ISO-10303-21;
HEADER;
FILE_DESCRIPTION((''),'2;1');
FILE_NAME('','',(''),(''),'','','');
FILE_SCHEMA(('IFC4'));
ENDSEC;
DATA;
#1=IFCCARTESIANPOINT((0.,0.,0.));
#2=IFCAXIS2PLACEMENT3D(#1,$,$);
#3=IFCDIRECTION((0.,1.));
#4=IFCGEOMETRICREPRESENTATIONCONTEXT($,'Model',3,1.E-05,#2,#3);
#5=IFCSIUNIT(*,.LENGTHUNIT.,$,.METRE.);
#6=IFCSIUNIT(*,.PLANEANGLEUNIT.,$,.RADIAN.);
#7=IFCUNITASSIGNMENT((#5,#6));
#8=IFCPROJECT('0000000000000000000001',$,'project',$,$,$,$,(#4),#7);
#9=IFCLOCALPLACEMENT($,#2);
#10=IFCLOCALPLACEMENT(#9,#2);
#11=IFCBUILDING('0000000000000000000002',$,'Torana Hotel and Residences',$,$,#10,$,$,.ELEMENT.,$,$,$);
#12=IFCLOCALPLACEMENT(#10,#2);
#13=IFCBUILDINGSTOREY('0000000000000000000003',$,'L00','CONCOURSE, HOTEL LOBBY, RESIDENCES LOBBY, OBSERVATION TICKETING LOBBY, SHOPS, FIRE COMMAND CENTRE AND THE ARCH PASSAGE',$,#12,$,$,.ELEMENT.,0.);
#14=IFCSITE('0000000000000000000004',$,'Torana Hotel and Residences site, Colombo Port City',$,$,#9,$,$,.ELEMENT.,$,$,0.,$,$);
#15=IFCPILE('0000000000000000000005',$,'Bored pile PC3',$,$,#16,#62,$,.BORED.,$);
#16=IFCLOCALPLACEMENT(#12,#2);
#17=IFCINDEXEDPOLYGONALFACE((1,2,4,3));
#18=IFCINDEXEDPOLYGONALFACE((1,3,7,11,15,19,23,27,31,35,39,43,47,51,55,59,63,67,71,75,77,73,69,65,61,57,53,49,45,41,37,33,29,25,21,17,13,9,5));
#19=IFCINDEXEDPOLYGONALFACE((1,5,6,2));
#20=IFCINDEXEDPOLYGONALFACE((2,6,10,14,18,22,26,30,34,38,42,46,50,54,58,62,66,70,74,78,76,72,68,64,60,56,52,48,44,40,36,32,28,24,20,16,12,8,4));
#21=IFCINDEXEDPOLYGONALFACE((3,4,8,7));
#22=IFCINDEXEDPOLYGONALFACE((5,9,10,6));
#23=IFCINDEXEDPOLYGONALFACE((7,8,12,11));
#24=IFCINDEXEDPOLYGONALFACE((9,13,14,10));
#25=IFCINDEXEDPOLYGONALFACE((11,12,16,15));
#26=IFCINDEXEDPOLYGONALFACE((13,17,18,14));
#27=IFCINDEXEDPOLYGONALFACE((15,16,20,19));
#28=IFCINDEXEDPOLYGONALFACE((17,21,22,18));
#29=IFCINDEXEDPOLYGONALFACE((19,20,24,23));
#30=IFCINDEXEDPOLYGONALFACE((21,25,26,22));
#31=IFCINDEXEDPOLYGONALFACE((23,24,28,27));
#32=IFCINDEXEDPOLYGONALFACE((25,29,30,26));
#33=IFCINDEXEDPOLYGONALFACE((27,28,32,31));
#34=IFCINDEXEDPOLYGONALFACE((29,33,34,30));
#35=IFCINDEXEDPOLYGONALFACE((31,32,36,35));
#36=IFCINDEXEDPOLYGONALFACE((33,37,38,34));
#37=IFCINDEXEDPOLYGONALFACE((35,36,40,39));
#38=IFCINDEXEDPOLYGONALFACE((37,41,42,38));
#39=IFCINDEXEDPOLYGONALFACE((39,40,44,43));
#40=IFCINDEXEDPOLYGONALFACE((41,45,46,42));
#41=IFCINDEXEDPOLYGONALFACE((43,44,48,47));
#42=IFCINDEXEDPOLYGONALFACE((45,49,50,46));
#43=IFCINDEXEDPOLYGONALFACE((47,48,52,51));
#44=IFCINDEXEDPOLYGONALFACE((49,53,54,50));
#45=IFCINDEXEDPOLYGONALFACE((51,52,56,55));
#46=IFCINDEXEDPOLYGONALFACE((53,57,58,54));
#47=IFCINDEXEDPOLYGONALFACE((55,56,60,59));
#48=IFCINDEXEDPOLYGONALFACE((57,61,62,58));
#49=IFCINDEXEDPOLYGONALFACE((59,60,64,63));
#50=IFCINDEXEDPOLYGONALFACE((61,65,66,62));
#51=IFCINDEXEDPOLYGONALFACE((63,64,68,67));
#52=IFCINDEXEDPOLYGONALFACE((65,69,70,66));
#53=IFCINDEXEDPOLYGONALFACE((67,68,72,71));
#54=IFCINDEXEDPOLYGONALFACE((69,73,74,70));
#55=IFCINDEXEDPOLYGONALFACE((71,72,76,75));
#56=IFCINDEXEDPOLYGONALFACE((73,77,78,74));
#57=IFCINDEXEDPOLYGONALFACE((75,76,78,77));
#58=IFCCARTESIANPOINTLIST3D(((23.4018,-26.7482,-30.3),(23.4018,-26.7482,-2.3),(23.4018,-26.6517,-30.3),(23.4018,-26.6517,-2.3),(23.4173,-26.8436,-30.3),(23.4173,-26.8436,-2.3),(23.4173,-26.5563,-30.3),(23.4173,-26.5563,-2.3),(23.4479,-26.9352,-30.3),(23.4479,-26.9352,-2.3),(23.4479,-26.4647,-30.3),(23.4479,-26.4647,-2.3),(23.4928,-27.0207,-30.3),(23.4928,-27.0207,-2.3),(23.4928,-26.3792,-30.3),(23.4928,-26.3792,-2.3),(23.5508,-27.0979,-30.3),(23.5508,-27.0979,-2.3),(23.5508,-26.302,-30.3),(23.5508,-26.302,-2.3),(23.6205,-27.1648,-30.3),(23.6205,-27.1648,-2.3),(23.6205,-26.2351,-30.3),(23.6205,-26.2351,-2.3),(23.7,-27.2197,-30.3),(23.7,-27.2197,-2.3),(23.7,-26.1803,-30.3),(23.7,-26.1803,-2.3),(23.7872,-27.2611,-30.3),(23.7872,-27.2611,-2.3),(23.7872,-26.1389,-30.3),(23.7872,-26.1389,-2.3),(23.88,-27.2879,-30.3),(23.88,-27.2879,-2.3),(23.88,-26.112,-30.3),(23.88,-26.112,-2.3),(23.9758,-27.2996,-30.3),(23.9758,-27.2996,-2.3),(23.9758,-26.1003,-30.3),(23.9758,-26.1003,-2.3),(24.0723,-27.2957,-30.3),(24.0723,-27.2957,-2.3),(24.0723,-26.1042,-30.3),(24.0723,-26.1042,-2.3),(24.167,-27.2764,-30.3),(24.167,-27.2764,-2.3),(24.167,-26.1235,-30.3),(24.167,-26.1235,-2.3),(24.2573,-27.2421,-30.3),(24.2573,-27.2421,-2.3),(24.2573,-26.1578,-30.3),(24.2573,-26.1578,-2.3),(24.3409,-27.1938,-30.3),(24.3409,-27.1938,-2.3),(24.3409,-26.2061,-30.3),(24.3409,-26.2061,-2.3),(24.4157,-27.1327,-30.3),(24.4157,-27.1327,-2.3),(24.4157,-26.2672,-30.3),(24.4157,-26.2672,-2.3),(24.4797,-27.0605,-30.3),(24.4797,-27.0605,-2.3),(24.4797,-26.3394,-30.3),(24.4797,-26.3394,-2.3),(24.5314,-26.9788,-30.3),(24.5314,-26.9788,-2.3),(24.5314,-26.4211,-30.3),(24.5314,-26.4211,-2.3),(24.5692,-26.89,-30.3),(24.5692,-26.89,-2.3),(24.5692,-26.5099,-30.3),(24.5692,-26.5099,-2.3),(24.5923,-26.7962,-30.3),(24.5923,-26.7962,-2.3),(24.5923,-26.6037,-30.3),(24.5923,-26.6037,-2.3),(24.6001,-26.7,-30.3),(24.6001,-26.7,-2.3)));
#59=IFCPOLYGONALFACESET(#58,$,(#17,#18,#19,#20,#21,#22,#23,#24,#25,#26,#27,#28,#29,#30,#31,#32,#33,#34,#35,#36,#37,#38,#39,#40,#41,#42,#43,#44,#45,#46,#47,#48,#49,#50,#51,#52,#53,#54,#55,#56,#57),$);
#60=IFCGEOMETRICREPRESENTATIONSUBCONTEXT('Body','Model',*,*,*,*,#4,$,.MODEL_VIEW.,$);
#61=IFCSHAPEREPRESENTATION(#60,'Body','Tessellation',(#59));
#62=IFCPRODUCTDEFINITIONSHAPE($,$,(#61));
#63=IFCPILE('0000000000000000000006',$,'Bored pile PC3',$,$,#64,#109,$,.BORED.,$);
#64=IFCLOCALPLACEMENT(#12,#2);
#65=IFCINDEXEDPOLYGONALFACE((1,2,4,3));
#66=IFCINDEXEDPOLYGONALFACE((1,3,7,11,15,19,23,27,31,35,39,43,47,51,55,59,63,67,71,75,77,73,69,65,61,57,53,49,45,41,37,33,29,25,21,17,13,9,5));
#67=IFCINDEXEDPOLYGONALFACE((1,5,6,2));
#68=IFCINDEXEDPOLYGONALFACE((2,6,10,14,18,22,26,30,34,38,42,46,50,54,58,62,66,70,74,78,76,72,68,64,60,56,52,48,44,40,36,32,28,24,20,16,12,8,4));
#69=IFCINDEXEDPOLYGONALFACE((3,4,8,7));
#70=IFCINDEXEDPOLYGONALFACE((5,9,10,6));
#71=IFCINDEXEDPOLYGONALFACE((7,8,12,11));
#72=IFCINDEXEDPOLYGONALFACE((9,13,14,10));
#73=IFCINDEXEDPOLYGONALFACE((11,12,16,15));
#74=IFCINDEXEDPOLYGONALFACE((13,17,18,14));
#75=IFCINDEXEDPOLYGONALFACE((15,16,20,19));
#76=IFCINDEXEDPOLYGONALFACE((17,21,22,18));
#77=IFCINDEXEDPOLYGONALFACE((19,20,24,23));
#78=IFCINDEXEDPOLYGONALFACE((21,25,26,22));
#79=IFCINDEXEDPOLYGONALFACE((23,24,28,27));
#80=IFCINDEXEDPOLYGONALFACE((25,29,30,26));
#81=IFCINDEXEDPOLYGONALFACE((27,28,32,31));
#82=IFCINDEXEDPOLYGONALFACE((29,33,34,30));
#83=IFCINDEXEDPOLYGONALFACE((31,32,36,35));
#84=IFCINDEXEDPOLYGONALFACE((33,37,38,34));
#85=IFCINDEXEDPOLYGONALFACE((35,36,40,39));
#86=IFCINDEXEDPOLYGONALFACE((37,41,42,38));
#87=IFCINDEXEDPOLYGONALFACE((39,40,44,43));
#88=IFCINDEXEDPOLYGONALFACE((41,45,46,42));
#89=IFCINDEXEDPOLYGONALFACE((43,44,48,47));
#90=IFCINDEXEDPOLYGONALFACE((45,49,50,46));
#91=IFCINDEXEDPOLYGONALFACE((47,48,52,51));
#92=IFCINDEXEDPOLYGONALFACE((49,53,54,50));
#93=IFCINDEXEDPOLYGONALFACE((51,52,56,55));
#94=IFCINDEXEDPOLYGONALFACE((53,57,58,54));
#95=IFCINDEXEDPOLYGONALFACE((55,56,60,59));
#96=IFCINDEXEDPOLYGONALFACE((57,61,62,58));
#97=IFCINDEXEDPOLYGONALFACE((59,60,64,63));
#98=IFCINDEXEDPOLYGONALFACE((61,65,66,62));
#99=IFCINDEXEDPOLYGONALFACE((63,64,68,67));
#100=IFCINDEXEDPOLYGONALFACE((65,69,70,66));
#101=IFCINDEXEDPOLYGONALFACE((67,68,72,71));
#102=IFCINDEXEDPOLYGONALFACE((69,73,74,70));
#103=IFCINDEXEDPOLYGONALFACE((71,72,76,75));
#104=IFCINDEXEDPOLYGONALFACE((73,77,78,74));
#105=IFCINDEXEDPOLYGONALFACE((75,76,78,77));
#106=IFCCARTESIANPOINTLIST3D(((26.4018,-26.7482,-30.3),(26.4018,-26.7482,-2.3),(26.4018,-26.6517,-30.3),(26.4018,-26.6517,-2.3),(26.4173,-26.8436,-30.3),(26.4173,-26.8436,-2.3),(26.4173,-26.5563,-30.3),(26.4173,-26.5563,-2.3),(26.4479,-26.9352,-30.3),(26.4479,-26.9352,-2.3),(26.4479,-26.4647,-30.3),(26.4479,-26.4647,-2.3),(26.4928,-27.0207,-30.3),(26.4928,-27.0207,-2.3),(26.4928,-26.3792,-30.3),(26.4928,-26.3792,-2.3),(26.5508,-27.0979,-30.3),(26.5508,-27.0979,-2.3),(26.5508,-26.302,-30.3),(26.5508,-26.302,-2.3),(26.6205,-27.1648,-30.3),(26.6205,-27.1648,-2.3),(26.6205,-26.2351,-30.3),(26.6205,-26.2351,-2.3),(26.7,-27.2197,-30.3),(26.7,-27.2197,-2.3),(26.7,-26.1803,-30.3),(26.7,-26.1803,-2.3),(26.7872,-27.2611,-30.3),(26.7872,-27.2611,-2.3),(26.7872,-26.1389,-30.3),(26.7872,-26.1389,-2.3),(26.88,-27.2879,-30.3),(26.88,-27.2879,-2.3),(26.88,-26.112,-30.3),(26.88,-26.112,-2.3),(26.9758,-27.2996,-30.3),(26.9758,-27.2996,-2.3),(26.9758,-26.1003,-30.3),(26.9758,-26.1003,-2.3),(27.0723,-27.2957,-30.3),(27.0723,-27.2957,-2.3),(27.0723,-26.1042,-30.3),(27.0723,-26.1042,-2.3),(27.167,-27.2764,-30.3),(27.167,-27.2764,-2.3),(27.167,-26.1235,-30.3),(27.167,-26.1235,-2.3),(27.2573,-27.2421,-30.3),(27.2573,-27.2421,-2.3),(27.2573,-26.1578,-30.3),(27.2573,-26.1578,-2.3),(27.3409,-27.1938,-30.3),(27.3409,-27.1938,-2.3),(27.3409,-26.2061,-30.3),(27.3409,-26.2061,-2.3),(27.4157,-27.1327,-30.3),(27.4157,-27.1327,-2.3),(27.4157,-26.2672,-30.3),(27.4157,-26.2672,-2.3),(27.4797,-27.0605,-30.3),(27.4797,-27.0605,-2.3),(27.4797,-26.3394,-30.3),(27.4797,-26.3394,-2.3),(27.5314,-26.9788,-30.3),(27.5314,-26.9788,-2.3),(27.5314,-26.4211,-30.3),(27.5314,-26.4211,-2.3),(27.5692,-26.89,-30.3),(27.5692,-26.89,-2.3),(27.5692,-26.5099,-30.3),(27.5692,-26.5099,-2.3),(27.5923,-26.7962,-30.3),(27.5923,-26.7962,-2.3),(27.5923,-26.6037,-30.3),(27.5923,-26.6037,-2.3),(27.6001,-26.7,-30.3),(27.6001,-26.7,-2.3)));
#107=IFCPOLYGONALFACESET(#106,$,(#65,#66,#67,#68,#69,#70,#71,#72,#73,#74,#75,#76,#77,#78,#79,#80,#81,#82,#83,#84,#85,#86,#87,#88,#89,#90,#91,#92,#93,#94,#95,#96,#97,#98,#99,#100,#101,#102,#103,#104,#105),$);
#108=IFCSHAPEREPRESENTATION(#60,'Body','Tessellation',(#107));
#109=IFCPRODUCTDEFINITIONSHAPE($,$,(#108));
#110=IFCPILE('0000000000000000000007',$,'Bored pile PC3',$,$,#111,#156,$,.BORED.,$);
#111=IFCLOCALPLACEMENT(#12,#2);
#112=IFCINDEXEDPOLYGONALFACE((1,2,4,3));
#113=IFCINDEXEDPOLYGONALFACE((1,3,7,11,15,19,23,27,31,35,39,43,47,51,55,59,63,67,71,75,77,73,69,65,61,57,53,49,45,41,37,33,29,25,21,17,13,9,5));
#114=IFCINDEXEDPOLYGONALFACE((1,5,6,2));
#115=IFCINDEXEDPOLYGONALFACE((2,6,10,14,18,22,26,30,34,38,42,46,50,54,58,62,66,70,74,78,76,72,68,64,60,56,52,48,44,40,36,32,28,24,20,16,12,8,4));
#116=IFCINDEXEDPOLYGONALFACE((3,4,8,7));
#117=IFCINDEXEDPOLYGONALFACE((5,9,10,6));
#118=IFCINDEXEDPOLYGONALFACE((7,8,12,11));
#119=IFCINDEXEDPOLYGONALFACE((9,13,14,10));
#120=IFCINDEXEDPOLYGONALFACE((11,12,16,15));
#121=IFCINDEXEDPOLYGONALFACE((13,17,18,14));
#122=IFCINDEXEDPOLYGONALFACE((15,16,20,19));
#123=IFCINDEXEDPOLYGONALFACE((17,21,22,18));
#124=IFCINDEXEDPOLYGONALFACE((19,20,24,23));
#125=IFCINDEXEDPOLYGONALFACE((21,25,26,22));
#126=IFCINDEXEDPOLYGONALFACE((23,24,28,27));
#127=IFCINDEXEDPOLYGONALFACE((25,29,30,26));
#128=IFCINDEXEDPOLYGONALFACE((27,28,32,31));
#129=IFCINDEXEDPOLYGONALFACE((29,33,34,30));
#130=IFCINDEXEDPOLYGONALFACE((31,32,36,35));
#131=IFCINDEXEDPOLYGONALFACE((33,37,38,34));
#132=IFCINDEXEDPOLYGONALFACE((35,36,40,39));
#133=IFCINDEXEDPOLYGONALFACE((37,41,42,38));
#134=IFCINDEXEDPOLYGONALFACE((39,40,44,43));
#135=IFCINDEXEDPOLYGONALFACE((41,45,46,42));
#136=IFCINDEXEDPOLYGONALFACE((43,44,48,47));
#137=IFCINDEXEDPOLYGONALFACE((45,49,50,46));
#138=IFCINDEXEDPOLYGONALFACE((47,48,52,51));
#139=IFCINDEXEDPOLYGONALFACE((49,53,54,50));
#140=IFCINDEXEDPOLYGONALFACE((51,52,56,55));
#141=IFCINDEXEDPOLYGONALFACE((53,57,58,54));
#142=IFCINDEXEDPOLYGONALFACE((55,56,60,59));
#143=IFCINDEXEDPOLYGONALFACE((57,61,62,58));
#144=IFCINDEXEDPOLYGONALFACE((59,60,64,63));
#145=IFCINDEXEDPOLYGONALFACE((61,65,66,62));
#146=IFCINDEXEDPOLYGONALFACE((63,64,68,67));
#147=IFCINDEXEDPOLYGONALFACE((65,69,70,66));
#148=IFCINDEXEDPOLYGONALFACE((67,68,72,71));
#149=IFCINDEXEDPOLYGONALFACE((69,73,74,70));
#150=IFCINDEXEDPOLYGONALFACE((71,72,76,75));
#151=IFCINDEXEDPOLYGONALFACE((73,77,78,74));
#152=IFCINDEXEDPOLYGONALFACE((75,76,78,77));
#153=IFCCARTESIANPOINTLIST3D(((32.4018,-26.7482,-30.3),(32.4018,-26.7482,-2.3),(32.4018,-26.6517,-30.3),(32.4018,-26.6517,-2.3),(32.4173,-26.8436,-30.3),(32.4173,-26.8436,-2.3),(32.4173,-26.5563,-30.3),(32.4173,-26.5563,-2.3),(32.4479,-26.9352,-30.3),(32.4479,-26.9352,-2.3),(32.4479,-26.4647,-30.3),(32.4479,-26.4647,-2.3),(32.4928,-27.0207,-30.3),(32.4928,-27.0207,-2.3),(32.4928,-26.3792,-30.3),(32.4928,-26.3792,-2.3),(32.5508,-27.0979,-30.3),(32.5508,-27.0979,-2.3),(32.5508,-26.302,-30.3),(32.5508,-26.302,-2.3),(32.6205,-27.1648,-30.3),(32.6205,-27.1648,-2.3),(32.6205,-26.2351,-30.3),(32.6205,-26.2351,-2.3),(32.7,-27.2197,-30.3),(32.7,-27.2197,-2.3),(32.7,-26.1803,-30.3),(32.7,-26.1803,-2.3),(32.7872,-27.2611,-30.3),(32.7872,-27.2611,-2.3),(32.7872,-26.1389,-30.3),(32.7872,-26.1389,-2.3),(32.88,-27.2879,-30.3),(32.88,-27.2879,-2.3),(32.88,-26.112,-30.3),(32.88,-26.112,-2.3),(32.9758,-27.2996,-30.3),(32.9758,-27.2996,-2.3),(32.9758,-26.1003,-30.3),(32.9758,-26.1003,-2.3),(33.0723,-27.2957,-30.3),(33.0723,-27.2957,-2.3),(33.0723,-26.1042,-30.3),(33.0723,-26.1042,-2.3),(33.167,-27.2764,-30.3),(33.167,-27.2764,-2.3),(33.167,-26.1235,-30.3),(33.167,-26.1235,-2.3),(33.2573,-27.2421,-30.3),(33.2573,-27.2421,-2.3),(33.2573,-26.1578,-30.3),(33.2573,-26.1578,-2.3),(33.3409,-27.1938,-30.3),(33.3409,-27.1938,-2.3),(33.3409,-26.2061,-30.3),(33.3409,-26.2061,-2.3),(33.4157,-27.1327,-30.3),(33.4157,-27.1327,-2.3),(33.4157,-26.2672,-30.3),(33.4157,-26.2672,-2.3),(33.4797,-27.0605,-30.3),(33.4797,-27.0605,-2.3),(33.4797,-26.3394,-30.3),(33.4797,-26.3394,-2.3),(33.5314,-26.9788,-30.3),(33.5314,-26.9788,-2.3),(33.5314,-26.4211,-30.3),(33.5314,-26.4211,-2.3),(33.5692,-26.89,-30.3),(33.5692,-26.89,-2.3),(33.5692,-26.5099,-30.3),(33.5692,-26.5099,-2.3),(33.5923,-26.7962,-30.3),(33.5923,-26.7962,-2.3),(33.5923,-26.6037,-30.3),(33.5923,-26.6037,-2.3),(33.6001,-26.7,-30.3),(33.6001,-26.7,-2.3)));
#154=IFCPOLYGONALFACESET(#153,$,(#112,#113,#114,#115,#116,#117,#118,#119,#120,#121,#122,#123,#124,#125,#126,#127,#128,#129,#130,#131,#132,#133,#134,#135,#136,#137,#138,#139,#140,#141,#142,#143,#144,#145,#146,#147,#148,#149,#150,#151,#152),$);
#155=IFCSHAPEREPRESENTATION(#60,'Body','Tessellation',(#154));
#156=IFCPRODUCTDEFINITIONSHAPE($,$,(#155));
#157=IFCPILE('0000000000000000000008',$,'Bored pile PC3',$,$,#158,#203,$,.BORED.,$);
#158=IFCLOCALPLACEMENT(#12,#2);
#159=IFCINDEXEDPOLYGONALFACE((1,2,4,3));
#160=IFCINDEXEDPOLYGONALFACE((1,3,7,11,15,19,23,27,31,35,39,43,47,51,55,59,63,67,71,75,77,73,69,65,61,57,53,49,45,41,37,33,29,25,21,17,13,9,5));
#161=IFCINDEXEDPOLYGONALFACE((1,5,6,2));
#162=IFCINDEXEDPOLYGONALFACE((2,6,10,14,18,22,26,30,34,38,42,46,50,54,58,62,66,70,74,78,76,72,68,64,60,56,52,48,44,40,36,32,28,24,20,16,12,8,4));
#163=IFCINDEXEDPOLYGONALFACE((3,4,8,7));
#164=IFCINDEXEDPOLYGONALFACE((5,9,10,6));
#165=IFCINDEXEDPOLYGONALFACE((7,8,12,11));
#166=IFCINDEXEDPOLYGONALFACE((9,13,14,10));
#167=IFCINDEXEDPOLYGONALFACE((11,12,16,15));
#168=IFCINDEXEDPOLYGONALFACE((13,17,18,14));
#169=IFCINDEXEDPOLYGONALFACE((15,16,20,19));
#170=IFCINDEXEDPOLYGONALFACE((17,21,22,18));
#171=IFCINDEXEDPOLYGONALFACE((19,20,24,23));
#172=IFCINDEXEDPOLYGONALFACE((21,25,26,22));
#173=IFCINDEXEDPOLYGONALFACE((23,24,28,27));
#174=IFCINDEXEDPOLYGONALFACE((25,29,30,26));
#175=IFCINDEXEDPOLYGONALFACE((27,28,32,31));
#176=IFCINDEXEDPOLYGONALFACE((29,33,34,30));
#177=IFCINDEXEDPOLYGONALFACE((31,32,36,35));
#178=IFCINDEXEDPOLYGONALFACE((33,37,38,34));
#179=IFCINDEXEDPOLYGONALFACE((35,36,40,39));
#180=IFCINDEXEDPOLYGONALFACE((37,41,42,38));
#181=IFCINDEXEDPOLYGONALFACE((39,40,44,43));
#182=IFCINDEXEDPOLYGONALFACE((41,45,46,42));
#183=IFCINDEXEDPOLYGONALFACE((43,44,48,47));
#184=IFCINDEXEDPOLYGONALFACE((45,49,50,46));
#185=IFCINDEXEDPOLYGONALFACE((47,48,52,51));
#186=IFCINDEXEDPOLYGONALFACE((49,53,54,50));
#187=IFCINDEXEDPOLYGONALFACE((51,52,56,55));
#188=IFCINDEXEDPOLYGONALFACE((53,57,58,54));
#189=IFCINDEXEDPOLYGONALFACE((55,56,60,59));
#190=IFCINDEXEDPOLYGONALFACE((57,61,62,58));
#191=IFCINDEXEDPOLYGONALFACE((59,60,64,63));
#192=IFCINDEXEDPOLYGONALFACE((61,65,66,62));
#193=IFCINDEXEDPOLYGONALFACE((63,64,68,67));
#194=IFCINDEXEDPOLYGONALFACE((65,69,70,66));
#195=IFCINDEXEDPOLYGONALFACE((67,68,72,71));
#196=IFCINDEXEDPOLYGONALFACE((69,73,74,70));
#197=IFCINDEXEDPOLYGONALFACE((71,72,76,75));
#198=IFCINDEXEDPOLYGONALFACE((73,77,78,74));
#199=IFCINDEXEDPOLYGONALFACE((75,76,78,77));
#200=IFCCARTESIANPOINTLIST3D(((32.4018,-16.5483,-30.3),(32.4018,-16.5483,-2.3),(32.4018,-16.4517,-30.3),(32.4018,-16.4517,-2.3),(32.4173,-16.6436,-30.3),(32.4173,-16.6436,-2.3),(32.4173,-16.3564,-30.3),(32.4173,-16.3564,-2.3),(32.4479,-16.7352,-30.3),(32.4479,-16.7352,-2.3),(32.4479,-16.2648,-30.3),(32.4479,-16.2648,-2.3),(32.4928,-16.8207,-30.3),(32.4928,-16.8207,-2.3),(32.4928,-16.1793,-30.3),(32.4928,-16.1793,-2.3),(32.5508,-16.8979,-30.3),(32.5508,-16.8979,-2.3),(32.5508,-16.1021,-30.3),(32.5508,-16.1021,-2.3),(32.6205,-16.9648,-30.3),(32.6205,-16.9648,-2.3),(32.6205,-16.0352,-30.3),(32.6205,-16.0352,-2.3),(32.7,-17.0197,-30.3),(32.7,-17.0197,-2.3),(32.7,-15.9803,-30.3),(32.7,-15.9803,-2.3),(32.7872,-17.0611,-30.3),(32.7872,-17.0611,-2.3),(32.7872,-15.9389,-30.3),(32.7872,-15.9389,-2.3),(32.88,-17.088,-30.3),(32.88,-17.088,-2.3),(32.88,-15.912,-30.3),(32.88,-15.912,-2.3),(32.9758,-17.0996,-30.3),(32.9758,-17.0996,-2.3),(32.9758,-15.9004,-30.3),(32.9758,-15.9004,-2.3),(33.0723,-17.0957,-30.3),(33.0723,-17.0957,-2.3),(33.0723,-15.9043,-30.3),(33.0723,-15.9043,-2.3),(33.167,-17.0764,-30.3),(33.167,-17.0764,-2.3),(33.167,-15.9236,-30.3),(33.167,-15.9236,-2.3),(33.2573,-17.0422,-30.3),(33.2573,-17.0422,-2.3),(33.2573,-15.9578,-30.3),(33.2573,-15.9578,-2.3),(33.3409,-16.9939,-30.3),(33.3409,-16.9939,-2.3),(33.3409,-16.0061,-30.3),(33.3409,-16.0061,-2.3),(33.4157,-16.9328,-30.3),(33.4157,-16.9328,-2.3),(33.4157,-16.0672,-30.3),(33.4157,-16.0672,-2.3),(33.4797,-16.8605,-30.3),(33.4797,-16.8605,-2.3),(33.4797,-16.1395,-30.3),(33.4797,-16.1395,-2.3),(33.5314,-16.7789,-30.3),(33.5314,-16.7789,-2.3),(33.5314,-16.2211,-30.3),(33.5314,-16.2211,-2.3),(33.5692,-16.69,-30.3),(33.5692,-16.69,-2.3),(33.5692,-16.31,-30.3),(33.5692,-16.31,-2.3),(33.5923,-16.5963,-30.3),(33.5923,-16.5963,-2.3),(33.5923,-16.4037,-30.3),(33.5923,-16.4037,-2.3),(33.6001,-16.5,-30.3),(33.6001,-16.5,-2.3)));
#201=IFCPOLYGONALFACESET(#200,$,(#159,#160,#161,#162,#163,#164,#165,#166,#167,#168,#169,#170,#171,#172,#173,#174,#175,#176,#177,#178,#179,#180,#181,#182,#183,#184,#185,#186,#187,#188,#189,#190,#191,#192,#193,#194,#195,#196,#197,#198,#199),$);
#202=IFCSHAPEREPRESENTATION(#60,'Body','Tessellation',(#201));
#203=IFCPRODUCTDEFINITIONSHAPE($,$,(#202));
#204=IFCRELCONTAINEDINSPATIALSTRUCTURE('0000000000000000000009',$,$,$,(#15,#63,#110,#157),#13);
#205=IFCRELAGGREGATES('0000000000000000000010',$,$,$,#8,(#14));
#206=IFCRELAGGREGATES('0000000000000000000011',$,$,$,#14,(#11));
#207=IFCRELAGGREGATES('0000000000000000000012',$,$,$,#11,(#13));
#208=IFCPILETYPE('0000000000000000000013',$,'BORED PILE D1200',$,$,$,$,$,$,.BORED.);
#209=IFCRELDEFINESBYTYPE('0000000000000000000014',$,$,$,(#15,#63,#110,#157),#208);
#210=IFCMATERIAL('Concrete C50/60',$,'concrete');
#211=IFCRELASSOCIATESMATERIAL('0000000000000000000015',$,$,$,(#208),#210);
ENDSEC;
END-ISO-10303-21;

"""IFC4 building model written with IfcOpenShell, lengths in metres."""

from ifc_helpers import new_model, si_unit, direction, frame, origin, origin_2d, place, context, subcontext, project, spatial, circle, extrude, material, type_object, element, save


model = new_model("IFC4")

# Units and contexts
model_context = context("Model", 3, precision=1e-05, world=origin(), true_north=direction((0.0, 1.0)))
body_context = subcontext(model_context, "Body", "Model", "MODEL_VIEW")
ifc_project = project(units=[si_unit("LENGTHUNIT", "METRE"), si_unit("PLANEANGLEUNIT", "RADIAN")], contexts=[model_context])

# Site, building, storey
site_placement = place(None, origin())
site = spatial("IfcSite", under=ifc_project, at=site_placement, Name="Torana Hotel and Residences site, Colombo Port City", CompositionType="ELEMENT", RefElevation=0.0)
building_placement = place(site_placement, origin())
building = spatial("IfcBuilding", under=site, at=building_placement, Name="Torana Hotel and Residences", CompositionType="ELEMENT")
storey_placement = place(building_placement, origin())
storey = spatial("IfcBuildingStorey", under=building, at=storey_placement, Name="L00", Description="CONCOURSE, HOTEL LOBBY, RESIDENCES LOBBY, OBSERVATION TICKETING LOBBY, SHOPS, FIRE COMMAND CENTRE AND THE ARCH PASSAGE", CompositionType="ELEMENT", Elevation=0.0)

# Piles
ifc_material_1 = material(Name="Concrete C50/60", Category="concrete")
pile_type_1 = type_object("IfcPileType", Name="BORED PILE D1200", PredefinedType="BORED", material=ifc_material_1)
for number, where, z_axis, x_axis, name in (
    (1, (24.0, -26.7, -2.3), (0.0, 0.0, -1.0), (1.0, 0.0, 0.0), "Bored pile PC3"),
    (2, (27.0, -26.7, -2.3), (0.0, 0.0, -1.0), (1.0, 0.0, 0.0), "Bored pile PC3"),
    (3, (33.0, -26.7, -2.3), (0.0, 0.0, -1.0), (1.0, 0.0, 0.0), "Bored pile PC3"),
    (4, (33.0, -16.5, -2.3), (0.0, 0.0, -1.0), (1.0, 0.0, 0.0), "Bored pile PC3"),
):
    element("IfcPile", number, at=place(storey_placement, frame(where, z_axis=z_axis, x_axis=x_axis)), inside=storey, type_object=pile_type_1, Name=name, PredefinedType="BORED", context=body_context, shape_type="SweptSolid", body=[
        extrude(circle(Radius=0.6001, at=origin_2d()), origin(), (0.0, 0.0, 1.0), 28.0),
    ])

save(model, "model.ifc")
